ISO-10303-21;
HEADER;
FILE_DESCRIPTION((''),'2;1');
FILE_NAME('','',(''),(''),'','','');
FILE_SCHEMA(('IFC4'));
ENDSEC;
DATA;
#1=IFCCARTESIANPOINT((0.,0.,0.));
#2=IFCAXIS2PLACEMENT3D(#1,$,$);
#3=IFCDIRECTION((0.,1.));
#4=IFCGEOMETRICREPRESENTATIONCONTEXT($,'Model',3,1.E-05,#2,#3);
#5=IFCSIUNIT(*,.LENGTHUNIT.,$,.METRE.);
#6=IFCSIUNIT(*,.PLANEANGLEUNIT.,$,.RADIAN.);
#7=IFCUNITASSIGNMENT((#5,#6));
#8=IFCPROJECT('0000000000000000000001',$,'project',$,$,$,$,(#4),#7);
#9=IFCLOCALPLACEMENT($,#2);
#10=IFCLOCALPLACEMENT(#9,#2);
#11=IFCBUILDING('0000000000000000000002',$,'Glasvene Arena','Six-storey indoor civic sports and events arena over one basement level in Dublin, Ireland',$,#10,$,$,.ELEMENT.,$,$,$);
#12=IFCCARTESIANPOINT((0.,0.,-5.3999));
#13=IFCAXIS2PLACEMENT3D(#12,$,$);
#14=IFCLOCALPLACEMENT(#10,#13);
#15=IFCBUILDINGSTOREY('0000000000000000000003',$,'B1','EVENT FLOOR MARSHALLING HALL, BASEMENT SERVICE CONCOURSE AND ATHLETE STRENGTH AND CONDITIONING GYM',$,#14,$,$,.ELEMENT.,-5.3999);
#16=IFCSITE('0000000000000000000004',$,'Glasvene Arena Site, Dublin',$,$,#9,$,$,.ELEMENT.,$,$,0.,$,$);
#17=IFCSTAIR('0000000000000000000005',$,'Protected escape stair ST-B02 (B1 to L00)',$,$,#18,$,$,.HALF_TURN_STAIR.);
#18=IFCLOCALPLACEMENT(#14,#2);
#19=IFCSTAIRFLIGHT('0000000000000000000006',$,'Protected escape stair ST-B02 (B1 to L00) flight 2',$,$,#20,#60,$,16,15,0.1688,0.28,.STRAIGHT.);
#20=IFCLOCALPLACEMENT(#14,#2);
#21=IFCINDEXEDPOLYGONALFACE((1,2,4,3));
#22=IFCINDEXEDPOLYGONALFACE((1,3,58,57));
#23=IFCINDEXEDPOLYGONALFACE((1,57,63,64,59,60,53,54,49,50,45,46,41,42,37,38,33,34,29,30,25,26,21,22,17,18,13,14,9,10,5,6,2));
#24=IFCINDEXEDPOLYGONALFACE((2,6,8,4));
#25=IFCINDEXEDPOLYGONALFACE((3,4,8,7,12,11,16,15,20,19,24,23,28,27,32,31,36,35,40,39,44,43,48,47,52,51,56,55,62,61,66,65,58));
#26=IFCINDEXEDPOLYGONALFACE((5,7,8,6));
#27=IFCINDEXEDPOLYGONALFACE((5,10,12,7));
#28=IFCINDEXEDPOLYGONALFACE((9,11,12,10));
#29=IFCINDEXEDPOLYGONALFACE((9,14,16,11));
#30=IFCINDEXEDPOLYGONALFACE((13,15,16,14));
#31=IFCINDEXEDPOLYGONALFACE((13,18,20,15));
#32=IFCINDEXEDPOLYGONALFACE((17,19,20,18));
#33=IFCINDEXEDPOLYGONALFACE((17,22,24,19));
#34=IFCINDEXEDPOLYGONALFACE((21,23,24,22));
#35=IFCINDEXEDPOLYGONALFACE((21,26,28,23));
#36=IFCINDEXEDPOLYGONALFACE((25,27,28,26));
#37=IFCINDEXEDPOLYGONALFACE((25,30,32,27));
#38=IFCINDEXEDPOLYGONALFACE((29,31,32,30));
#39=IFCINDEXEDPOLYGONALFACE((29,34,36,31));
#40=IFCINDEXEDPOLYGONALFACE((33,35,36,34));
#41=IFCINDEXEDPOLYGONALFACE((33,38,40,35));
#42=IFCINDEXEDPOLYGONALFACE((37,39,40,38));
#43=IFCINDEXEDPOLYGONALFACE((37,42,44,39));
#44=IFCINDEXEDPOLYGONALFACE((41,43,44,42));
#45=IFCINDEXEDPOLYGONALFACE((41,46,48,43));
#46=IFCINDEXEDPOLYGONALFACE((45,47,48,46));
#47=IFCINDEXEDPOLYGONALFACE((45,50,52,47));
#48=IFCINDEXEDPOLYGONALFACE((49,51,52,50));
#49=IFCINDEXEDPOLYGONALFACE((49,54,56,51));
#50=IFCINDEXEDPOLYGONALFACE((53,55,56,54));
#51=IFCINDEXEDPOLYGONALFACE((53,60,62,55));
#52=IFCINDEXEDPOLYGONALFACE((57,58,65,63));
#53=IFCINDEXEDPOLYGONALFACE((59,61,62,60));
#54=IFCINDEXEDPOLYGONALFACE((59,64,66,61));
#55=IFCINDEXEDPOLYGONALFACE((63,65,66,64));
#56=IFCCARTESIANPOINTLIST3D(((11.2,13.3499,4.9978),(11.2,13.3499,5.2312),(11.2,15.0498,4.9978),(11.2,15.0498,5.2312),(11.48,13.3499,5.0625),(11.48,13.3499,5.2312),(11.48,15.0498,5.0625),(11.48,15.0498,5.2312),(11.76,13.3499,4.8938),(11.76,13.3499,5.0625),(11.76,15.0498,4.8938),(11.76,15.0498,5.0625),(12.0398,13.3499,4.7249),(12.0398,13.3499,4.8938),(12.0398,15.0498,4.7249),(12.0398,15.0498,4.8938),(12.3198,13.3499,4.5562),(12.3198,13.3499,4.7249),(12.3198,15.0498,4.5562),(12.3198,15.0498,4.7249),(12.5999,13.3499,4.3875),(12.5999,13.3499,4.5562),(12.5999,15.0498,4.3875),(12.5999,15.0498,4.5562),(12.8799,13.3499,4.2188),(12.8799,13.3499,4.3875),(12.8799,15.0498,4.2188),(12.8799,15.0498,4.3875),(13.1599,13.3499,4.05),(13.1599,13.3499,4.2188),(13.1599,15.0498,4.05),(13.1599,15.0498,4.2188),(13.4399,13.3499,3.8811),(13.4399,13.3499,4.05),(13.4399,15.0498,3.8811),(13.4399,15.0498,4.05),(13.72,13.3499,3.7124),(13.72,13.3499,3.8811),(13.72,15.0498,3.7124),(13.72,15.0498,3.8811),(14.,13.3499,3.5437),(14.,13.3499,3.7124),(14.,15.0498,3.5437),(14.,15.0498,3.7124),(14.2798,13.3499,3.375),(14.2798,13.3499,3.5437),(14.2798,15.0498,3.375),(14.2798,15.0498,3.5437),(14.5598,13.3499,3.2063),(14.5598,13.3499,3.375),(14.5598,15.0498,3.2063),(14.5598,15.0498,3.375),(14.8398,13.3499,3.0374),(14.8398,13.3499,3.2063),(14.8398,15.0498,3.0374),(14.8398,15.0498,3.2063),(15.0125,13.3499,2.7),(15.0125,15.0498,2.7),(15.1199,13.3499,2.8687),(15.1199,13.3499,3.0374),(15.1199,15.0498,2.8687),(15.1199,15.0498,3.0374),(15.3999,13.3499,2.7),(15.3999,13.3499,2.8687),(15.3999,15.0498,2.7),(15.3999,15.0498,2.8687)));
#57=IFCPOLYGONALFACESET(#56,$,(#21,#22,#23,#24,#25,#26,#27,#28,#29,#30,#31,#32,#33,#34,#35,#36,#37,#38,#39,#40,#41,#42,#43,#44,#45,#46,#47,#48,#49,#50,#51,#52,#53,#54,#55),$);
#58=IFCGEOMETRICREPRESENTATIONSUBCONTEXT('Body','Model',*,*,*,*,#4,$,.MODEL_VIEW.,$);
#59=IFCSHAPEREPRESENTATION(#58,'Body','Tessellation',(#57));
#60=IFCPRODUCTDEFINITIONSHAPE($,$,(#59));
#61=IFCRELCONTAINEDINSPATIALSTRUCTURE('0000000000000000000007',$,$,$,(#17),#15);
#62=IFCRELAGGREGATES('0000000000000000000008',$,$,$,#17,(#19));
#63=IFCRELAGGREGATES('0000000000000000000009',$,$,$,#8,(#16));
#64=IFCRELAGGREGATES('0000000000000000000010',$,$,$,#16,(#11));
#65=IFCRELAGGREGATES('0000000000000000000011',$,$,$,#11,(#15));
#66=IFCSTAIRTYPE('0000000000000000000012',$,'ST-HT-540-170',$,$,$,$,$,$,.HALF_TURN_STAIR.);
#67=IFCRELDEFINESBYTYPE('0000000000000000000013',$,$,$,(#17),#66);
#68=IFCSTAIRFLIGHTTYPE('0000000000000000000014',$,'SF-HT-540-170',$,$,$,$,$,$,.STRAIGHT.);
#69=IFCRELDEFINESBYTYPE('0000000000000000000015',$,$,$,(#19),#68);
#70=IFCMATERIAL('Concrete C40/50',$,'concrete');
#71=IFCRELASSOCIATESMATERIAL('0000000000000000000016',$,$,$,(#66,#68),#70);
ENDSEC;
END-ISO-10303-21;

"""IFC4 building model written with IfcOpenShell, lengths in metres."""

from ifc_helpers import new_model, si_unit, direction, frame, origin, place, context, subcontext, project, spatial, polyline, outline, extrude, material, type_object, element, aggregate, save


model = new_model("IFC4")

# Units and contexts
model_context = context("Model", 3, precision=1e-05, world=origin(), true_north=direction((0.0, 1.0)))
body_context = subcontext(model_context, "Body", "Model", "MODEL_VIEW")
ifc_project = project(units=[si_unit("LENGTHUNIT", "METRE"), si_unit("PLANEANGLEUNIT", "RADIAN")], contexts=[model_context])

# Site, building, storey
site_placement = place(None, origin())
site = spatial("IfcSite", under=ifc_project, at=site_placement, Name="Glasvene Arena Site, Dublin", CompositionType="ELEMENT", RefElevation=0.0)
building_placement = place(site_placement, origin())
building = spatial("IfcBuilding", under=site, at=building_placement, Name="Glasvene Arena", Description="Six-storey indoor civic sports and events arena over one basement level in Dublin, Ireland", CompositionType="ELEMENT")
storey_placement = place(building_placement, frame((0.0, 0.0, -5.3999)))
storey = spatial("IfcBuildingStorey", under=building, at=storey_placement, Name="B1", Description="EVENT FLOOR MARSHALLING HALL, BASEMENT SERVICE CONCOURSE AND ATHLETE STRENGTH AND CONDITIONING GYM", CompositionType="ELEMENT", Elevation=-5.3999)

# Shared definitions
ifc_material_1 = material(Name="Concrete C40/50", Category="concrete")

# Stair
stair_type = type_object("IfcStairType", Name="ST-HT-540-170", PredefinedType="HALF_TURN_STAIR", material=ifc_material_1)
stair_placement = place(storey_placement, origin())
stair = element("IfcStair", 1, at=stair_placement, inside=storey, type_object=stair_type, Name="Protected escape stair ST-B02 (B1 to L00)", PredefinedType="HALF_TURN_STAIR")

# Stair flight
stair_flight_type = type_object("IfcStairFlightType", Name="SF-HT-540-170", PredefinedType="STRAIGHT", material=ifc_material_1)
stair_flight_1_placement = place(storey_placement, frame((15.3999, 14.2, 2.7), z_axis=(0.0, 0.0, 1.0), x_axis=(-1.0, 0.0, 0.0)))
stair_flight_1 = element("IfcStairFlight", 2, at=stair_flight_1_placement, type_object=stair_flight_type, Name="Protected escape stair ST-B02 (B1 to L00) flight 2", NumberOfRisers=16, NumberOfTreads=15, PredefinedType="STRAIGHT", RiserHeight=0.1688, TreadLength=0.28, context=body_context, shape_type="SweptSolid", body=[
    extrude(outline(polyline([(0.0, 0.0), (0.0, 0.1687), (0.28, 0.1687), (0.28, 0.3374), (0.5601, 0.3374), (0.5601, 0.5063), (0.8401, 0.5063), (0.8401, 0.675), (1.1201, 0.675), (1.1201, 0.8438), (1.3999, 0.8438), (1.3999, 1.0125), (1.6799, 1.0125), (1.6799, 1.1812), (1.96, 1.1812), (1.96, 1.3501), (2.24, 1.3501), (2.24, 1.5188), (2.52, 1.5188), (2.52, 1.6875), (2.8, 1.6875), (2.8, 1.8562), (3.0801, 1.8562), (3.0801, 2.0249), (3.3601, 2.0249), (3.3601, 2.1938), (3.6399, 2.1938), (3.6399, 2.3625), (3.9199, 2.3625), (3.9199, 2.5312), (4.2, 2.5312), (4.2, 2.7), (4.2, 2.2979), (0.3875, 0.0), (0.0, 0.0)])), frame((0.0, 0.8501, 0.0), z_axis=(0.0, -1.0, 0.0), x_axis=(1.0, 0.0, 0.0)), (0.0, 0.0, 1.0), 1.7),
])
aggregate(stair, [stair_flight_1])

save(model, "model.ifc")
